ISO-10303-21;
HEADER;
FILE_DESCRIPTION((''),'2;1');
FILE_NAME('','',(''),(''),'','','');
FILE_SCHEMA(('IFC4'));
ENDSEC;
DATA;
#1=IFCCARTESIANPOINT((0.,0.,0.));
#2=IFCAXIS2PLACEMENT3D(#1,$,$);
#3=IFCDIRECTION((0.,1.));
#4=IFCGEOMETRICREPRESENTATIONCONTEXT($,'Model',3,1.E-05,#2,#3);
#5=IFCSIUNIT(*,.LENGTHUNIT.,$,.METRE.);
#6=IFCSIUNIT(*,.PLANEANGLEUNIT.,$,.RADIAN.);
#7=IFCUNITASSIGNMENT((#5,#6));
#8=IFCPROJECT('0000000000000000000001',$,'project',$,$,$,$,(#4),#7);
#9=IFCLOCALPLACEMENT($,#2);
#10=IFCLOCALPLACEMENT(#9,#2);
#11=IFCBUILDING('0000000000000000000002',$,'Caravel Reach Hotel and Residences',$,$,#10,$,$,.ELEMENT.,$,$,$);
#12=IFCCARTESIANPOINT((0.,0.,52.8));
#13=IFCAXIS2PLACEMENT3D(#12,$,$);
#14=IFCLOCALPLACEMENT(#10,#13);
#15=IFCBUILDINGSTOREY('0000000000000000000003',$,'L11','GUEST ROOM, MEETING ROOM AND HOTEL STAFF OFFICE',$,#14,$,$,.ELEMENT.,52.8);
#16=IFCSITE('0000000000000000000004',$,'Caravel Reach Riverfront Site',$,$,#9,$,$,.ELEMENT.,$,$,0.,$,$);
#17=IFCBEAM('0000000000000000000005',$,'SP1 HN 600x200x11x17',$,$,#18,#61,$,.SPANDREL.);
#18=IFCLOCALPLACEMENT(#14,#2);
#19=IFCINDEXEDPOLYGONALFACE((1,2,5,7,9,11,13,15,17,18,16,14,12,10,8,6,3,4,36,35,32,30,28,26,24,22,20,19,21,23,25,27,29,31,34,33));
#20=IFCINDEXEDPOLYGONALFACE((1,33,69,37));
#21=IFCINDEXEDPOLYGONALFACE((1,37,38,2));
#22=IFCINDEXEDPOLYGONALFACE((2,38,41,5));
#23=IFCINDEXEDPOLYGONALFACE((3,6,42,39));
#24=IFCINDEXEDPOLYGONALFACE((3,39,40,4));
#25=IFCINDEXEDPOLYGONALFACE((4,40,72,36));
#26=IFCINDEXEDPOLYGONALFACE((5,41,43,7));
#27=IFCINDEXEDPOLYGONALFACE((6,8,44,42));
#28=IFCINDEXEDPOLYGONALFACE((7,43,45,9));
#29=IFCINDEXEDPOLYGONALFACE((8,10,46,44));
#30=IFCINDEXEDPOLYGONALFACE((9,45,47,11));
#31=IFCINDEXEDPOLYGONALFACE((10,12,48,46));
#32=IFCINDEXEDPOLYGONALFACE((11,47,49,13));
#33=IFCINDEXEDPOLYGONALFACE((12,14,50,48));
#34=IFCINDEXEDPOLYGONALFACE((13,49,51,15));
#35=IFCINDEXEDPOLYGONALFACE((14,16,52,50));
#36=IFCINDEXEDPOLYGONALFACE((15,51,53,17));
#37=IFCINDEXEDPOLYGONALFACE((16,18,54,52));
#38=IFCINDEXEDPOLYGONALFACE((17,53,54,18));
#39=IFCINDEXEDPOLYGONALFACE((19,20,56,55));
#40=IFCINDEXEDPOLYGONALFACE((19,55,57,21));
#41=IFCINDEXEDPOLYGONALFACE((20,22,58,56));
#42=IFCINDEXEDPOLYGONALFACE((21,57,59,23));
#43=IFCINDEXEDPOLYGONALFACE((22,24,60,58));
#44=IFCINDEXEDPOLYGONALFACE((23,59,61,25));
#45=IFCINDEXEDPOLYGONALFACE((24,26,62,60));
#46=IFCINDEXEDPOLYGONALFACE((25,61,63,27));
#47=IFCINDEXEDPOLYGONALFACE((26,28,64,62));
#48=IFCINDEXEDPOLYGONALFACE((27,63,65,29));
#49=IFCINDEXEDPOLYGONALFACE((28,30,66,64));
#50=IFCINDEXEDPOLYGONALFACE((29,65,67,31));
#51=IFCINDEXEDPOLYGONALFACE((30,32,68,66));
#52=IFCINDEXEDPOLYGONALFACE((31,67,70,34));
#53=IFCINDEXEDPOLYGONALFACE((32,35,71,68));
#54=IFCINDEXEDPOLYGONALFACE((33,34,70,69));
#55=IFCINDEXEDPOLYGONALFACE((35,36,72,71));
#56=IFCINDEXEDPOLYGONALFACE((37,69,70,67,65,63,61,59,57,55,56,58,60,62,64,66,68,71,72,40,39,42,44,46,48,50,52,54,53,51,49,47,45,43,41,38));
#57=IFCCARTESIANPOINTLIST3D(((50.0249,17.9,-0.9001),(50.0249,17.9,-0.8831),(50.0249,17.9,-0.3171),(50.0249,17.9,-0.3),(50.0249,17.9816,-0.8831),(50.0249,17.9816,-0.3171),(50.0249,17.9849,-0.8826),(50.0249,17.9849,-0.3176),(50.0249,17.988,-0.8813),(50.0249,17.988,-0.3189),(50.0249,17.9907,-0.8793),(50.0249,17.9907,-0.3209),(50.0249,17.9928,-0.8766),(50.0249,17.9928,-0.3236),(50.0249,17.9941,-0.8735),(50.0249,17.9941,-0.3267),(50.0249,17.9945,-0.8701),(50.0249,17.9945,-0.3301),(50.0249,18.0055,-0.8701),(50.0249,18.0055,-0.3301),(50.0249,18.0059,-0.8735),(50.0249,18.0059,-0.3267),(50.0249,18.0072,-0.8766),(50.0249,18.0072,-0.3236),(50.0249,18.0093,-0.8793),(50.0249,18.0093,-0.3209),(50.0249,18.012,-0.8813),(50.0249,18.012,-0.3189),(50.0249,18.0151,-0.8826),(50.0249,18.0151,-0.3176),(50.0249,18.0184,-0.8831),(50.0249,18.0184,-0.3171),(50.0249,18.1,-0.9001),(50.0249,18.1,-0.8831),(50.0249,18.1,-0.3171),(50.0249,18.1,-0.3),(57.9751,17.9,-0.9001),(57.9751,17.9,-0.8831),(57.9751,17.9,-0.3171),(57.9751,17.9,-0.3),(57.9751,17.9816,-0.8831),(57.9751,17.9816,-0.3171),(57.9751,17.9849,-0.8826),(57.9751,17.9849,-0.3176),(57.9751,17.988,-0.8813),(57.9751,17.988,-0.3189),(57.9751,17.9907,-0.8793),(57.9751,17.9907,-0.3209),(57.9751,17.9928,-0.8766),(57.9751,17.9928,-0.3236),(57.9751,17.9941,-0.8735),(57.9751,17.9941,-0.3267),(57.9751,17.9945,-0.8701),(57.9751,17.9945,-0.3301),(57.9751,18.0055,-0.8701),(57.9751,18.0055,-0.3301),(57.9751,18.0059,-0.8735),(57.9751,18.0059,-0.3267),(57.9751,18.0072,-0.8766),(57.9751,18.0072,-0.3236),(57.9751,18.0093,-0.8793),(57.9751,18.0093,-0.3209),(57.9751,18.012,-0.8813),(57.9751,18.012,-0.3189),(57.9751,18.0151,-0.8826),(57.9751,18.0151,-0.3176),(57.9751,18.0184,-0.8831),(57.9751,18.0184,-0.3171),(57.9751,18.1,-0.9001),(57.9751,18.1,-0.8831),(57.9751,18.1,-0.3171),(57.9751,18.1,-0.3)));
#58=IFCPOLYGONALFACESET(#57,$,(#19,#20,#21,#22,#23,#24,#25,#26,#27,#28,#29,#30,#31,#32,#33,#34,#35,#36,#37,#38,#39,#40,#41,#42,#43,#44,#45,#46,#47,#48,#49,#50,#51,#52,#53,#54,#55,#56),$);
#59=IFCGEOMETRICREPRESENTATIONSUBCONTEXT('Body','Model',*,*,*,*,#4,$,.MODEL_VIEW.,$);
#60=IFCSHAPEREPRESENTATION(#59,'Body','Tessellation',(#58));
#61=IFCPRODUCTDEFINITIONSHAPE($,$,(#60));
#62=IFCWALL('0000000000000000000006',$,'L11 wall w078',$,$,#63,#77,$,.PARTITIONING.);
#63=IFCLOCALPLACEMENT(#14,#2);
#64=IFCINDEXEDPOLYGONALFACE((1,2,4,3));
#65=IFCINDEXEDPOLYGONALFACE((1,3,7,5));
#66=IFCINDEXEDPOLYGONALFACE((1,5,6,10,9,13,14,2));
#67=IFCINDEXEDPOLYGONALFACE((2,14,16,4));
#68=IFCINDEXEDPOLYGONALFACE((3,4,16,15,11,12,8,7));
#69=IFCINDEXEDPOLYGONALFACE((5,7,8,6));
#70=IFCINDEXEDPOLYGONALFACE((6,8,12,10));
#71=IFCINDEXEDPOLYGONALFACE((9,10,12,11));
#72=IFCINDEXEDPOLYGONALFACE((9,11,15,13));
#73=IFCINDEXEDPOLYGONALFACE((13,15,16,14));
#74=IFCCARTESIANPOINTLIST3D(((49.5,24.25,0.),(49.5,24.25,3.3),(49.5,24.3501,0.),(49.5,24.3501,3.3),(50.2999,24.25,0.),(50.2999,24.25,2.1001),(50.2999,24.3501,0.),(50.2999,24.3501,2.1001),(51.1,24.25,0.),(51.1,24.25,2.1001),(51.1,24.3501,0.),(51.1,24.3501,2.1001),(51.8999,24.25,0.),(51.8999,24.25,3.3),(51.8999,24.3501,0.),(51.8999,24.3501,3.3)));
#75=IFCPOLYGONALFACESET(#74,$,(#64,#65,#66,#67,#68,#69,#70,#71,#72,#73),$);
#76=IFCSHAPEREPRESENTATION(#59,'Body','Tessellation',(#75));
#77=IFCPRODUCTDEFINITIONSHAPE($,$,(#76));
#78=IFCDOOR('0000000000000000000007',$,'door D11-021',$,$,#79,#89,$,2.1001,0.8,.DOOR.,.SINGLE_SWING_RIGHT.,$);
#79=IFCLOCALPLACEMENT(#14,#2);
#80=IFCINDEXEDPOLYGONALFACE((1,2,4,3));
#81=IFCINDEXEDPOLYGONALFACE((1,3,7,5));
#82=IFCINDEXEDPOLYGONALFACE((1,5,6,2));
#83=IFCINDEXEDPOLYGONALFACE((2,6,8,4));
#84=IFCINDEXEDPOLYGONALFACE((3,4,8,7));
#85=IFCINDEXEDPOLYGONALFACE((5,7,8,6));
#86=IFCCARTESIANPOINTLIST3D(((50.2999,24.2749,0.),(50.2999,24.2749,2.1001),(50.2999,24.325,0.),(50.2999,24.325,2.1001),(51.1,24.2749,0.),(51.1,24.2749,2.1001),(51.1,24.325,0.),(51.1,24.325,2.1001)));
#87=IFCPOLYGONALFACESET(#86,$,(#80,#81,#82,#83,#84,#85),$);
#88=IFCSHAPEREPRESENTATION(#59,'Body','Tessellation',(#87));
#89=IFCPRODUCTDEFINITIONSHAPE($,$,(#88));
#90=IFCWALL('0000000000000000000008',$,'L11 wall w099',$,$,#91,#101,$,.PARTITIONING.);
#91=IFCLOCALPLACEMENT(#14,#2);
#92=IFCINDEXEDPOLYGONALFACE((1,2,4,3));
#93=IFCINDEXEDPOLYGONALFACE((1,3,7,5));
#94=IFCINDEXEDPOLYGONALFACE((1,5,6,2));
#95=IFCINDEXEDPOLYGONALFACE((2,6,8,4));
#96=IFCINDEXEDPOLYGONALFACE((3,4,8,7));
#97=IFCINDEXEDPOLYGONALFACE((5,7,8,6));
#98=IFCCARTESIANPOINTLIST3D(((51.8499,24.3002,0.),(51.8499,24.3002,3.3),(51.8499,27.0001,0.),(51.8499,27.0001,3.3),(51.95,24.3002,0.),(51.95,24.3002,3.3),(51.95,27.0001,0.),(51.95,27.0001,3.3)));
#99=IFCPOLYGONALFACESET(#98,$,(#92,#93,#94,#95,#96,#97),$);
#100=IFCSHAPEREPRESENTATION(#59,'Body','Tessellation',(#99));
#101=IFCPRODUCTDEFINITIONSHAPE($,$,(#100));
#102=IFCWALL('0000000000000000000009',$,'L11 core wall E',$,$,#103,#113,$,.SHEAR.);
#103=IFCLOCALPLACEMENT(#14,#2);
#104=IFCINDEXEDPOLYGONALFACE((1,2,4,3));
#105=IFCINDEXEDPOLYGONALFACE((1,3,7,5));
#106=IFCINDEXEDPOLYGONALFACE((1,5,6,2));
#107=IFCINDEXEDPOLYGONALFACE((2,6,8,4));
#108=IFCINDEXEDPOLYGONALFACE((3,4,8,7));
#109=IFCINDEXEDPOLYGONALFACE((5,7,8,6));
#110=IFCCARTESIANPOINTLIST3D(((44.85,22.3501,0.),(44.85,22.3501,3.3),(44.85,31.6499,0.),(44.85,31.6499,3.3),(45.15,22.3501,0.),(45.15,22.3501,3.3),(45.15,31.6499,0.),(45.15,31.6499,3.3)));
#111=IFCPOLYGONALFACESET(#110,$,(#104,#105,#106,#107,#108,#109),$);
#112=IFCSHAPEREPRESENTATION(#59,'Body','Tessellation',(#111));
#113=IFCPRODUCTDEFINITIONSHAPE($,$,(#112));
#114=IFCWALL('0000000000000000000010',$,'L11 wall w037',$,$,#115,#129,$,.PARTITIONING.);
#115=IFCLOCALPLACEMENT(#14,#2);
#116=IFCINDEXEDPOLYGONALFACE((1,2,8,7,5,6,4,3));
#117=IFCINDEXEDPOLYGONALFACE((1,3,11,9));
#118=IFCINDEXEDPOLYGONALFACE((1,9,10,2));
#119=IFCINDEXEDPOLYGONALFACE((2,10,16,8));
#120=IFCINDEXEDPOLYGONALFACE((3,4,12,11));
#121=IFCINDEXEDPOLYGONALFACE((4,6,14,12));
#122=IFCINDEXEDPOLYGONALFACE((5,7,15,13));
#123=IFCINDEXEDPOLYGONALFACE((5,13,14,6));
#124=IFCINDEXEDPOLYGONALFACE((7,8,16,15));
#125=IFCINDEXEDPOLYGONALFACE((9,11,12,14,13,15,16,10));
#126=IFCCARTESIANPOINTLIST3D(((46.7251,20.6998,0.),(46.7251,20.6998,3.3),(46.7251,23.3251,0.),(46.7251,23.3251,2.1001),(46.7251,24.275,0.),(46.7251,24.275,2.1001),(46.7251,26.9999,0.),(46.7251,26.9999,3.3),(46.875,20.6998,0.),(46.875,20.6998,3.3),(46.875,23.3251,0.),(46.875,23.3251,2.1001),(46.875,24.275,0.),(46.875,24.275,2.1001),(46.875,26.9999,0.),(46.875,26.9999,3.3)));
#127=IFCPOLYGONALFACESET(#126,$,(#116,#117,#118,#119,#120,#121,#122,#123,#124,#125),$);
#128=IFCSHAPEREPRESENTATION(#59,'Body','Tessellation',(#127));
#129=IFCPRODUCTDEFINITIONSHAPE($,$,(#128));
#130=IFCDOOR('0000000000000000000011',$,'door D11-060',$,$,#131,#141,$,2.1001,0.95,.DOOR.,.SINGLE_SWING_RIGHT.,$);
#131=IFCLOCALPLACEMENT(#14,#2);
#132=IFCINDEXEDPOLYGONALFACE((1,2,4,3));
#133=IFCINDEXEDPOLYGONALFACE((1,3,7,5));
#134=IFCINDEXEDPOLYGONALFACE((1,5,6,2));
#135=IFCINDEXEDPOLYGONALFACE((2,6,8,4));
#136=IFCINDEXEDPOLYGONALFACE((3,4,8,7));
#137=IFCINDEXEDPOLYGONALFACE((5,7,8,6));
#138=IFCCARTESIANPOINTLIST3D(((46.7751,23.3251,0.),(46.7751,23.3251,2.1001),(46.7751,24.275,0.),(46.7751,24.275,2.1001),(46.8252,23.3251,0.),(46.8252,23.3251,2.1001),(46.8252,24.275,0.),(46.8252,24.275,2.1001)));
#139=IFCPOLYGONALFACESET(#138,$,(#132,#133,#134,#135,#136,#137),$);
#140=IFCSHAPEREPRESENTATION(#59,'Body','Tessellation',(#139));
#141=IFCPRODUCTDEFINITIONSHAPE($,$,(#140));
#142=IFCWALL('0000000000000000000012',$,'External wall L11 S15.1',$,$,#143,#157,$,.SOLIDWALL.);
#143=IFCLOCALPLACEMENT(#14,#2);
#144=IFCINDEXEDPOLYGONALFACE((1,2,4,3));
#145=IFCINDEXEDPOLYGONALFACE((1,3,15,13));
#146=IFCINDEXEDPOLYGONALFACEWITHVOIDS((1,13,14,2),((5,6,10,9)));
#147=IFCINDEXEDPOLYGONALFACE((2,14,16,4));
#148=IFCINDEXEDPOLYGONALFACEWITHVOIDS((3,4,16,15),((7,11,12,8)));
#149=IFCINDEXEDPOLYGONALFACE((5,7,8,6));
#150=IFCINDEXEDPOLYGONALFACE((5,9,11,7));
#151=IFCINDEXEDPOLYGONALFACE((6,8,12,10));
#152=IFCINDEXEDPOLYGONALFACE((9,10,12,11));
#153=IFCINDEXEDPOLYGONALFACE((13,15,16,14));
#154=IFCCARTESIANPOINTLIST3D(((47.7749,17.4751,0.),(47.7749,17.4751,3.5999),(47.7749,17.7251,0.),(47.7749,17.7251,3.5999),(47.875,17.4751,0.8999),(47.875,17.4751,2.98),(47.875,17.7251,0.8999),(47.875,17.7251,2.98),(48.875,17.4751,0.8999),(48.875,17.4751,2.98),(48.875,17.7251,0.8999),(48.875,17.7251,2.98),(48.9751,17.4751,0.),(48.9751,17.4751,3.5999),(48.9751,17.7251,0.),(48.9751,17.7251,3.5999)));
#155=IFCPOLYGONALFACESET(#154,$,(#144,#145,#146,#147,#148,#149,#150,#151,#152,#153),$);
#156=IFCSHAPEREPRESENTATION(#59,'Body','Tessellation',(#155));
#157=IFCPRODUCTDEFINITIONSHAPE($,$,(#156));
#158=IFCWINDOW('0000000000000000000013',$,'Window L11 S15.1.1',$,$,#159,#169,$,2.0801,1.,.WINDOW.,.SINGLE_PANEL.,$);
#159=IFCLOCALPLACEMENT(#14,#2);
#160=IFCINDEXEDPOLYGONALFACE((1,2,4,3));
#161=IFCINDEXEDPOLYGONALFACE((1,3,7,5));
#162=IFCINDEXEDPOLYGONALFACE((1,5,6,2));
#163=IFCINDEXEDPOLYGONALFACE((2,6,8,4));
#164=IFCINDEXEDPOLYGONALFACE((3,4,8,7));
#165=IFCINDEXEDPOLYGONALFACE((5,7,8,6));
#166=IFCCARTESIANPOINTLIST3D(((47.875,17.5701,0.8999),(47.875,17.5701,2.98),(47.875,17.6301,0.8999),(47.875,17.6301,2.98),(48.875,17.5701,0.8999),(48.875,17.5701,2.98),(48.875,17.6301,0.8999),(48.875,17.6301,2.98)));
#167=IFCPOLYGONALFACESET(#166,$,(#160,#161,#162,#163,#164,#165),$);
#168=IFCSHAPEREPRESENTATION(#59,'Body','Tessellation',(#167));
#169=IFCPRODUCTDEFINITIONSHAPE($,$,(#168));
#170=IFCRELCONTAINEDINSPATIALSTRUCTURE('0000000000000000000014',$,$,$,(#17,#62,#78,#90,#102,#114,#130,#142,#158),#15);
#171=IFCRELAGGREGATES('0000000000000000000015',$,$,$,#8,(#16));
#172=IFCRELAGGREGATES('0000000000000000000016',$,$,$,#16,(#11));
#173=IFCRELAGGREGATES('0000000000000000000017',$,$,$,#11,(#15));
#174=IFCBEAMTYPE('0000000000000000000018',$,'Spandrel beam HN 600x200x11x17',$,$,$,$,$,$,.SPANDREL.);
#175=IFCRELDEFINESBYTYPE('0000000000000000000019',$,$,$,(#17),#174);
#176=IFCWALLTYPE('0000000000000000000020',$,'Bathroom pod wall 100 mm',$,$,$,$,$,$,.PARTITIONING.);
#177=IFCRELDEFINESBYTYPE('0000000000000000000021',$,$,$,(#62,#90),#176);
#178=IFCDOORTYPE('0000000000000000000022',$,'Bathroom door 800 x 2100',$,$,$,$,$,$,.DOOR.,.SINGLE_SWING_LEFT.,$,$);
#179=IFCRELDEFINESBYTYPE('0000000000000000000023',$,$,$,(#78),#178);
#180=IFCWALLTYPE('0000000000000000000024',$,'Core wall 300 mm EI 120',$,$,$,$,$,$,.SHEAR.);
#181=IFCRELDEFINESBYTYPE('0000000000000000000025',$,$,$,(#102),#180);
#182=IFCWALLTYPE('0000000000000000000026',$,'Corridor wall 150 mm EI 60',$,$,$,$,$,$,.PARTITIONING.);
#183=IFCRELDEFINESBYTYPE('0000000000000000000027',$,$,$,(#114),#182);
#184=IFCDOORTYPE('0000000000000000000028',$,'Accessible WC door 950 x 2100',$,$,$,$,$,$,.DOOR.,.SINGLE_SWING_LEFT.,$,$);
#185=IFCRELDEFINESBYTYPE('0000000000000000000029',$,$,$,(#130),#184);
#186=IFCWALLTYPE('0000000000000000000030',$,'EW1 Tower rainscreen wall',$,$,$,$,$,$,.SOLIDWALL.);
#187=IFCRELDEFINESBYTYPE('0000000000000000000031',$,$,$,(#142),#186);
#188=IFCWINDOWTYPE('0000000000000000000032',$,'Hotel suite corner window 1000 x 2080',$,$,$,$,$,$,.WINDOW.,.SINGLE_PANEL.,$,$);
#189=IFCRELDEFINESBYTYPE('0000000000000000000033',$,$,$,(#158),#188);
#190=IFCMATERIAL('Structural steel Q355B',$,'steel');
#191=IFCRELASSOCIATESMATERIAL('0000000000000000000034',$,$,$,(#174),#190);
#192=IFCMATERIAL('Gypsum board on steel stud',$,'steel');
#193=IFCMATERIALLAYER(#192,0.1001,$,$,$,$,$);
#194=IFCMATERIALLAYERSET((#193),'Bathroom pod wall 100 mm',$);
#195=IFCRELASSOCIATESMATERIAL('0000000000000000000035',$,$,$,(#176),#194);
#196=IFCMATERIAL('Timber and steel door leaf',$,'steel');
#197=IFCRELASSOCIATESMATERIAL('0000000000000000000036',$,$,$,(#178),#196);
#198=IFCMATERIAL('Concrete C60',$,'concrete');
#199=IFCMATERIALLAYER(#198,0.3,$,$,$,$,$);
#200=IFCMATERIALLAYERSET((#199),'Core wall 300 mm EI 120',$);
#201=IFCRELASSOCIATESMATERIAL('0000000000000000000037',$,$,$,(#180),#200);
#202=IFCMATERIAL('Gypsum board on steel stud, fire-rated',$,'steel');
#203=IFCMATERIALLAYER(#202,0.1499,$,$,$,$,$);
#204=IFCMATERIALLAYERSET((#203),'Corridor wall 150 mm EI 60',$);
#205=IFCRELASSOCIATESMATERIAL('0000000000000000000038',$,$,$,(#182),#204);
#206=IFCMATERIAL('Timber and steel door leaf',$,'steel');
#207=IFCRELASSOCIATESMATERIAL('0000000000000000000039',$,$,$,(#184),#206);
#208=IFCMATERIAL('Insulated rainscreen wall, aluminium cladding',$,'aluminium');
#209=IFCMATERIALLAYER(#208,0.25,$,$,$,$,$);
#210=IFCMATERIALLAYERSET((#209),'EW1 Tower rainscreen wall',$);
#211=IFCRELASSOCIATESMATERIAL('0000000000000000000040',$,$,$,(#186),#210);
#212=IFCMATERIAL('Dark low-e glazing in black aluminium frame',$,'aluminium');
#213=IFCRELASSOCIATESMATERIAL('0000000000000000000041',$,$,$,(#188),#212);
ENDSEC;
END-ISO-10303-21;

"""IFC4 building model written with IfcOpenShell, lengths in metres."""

from ifc_helpers import new_model, si_unit, direction, frame, frame_2d, origin, origin_2d, place, context, subcontext, project, spatial, rectangle, i_section, extrude, material, layer, layer_set, material_profile, profile_set, type_object, element, fill, save


model = new_model("IFC4")

# Units and contexts
model_context = context("Model", 3, precision=1e-05, world=origin(), true_north=direction((0.0, 1.0)))
body_context = subcontext(model_context, "Body", "Model", "MODEL_VIEW")
ifc_project = project(units=[si_unit("LENGTHUNIT", "METRE"), si_unit("PLANEANGLEUNIT", "RADIAN")], contexts=[model_context])

# Site, building, storey
site_placement = place(None, origin())
site = spatial("IfcSite", under=ifc_project, at=site_placement, Name="Caravel Reach Riverfront Site", CompositionType="ELEMENT", RefElevation=0.0)
building_placement = place(site_placement, origin())
building = spatial("IfcBuilding", under=site, at=building_placement, Name="Caravel Reach Hotel and Residences", CompositionType="ELEMENT")
storey_placement = place(building_placement, frame((0.0, 0.0, 52.8)))
storey = spatial("IfcBuildingStorey", under=building, at=storey_placement, Name="L11", Description="GUEST ROOM, MEETING ROOM AND HOTEL STAFF OFFICE", CompositionType="ELEMENT", Elevation=52.8)

# Beam
ifc_material_1 = material(Name="Structural steel Q355B", Category="steel")
ifc_material_profile_1 = material_profile(ifc_material_1, i_section(OverallWidth=0.2, OverallDepth=0.6001, WebThickness=0.011, FlangeThickness=0.0171, FilletRadius=0.0129, at=origin_2d()), Name="HN 600x200x11x17")
ifc_profile_set_1 = profile_set([ifc_material_profile_1], Name="Structural steel Q355B")
beam_type_1 = type_object("IfcBeamType", Name="Spandrel beam HN 600x200x11x17", PredefinedType="SPANDREL", material=ifc_profile_set_1)
beam_1_placement = place(storey_placement, frame((50.0249, 18.0, -0.6001), z_axis=(1.0, 0.0, 0.0), x_axis=(0.0, 1.0, 0.0)))
element("IfcBeam", 1, at=beam_1_placement, inside=storey, type_object=beam_type_1, Name="SP1 HN 600x200x11x17", PredefinedType="SPANDREL", context=body_context, shape_type="SweptSolid", body=[
    extrude(i_section(OverallWidth=0.2, OverallDepth=0.6001, WebThickness=0.011, FlangeThickness=0.0171, FilletRadius=0.0129, at=origin_2d()), origin(), (0.0, 0.0, 1.0), 7.9502),
])

# Wall, opening, door
ifc_material_2 = material(Name="Gypsum board on steel stud", Category="steel")
ifc_layer_1 = layer(ifc_material_2, 0.1001)
ifc_layer_set_1 = layer_set([ifc_layer_1], Name="Bathroom pod wall 100 mm")
wall_type_1 = type_object("IfcWallType", Name="Bathroom pod wall 100 mm", PredefinedType="PARTITIONING", material=ifc_layer_set_1)
wall_1_placement = place(storey_placement, frame((49.5, 24.3, 0.0), z_axis=(0.0, 0.0, 1.0), x_axis=(1.0, 0.0, 0.0)))
wall_1 = element("IfcWall", 2, at=wall_1_placement, inside=storey, type_object=wall_type_1, Name="L11 wall w078", PredefinedType="PARTITIONING", context=body_context, shape_type="SweptSolid", body=[
    extrude(rectangle(XDim=2.3999, YDim=0.1001, at=frame_2d((1.2, 0.0))), origin(), (0.0, 0.0, 1.0), 3.3),
])
opening_1_placement = place(wall_1_placement, frame((0.8, 0.0, 0.0)))
opening_1 = element("IfcOpeningElement", 3, at=opening_1_placement, cuts=wall_1, PredefinedType="OPENING", context=body_context, shape_type="SweptSolid", body=[
    extrude(rectangle(XDim=0.8, YDim=2.1001, at=frame_2d((0.3999, 1.05))), frame((0.0, 0.0601, 0.0), z_axis=(0.0, -1.0, 0.0), x_axis=(1.0, 0.0, 0.0)), (0.0, 0.0, 1.0), 0.1201),
])
ifc_material_3 = material(Name="Timber and steel door leaf", Category="steel")
door_type_1 = type_object("IfcDoorType", Name="Bathroom door 800 x 2100", OperationType="SINGLE_SWING_LEFT", PredefinedType="DOOR", material=ifc_material_3)
door_1_placement = place(opening_1_placement, origin())
door_1 = element("IfcDoor", 4, at=door_1_placement, inside=storey, type_object=door_type_1, Name="door D11-021", OperationType="SINGLE_SWING_RIGHT", OverallHeight=2.1001, OverallWidth=0.8, PredefinedType="DOOR", context=body_context, shape_type="SweptSolid", body=[
    extrude(rectangle(XDim=0.8, YDim=2.1001, at=frame_2d((0.3999, 1.05))), frame((0.0, 0.0249, 0.0), z_axis=(0.0, -1.0, 0.0), x_axis=(1.0, 0.0, 0.0)), (0.0, 0.0, 1.0), 0.05),
])
fill(opening_1, door_1)

# Walls
wall_2_placement = place(storey_placement, frame((51.8999, 24.3, 0.0), z_axis=(0.0, 0.0, 1.0), x_axis=(0.0, 1.0, 0.0)))
element("IfcWall", 5, at=wall_2_placement, inside=storey, type_object=wall_type_1, Name="L11 wall w099", PredefinedType="PARTITIONING", context=body_context, shape_type="SweptSolid", body=[
    extrude(rectangle(XDim=2.7, YDim=0.1001, at=frame_2d((1.3501, 0.0))), origin(), (0.0, 0.0, 1.0), 3.3),
])
ifc_material_4 = material(Name="Concrete C60", Category="concrete")
ifc_layer_2 = layer(ifc_material_4, 0.3)
ifc_layer_set_2 = layer_set([ifc_layer_2], Name="Core wall 300 mm EI 120")
wall_type_2 = type_object("IfcWallType", Name="Core wall 300 mm EI 120", PredefinedType="SHEAR", material=ifc_layer_set_2)
wall_3_placement = place(storey_placement, frame((45.0, 22.3501, 0.0), z_axis=(0.0, 0.0, 1.0), x_axis=(0.0, 1.0, 0.0)))
element("IfcWall", 6, at=wall_3_placement, inside=storey, type_object=wall_type_2, Name="L11 core wall E", PredefinedType="SHEAR", context=body_context, shape_type="SweptSolid", body=[
    extrude(rectangle(XDim=9.2998, YDim=0.3, at=frame_2d((4.6499, 0.0))), origin(), (0.0, 0.0, 1.0), 3.3),
])

# Wall, opening, door
ifc_material_5 = material(Name="Gypsum board on steel stud, fire-rated", Category="steel")
ifc_layer_3 = layer(ifc_material_5, 0.1499)
ifc_layer_set_3 = layer_set([ifc_layer_3], Name="Corridor wall 150 mm EI 60")
wall_type_3 = type_object("IfcWallType", Name="Corridor wall 150 mm EI 60", PredefinedType="PARTITIONING", material=ifc_layer_set_3)
wall_4_placement = place(storey_placement, frame((46.8, 20.7, 0.0), z_axis=(0.0, 0.0, 1.0), x_axis=(0.0, 1.0, 0.0)))
wall_4 = element("IfcWall", 7, at=wall_4_placement, inside=storey, type_object=wall_type_3, Name="L11 wall w037", PredefinedType="PARTITIONING", context=body_context, shape_type="SweptSolid", body=[
    extrude(rectangle(XDim=6.3, YDim=0.1499, at=frame_2d((3.1499, 0.0))), origin(), (0.0, 0.0, 1.0), 3.3),
])
opening_2_placement = place(wall_4_placement, frame((2.625, 0.0, 0.0)))
opening_2 = element("IfcOpeningElement", 8, at=opening_2_placement, cuts=wall_4, PredefinedType="OPENING", context=body_context, shape_type="SweptSolid", body=[
    extrude(rectangle(XDim=0.95, YDim=2.1001, at=frame_2d((0.4751, 1.05))), frame((0.0, 0.085, 0.0), z_axis=(0.0, -1.0, 0.0), x_axis=(1.0, 0.0, 0.0)), (0.0, 0.0, 1.0), 0.1699),
])
ifc_material_6 = material(Name="Timber and steel door leaf", Category="steel")
door_type_2 = type_object("IfcDoorType", Name="Accessible WC door 950 x 2100", OperationType="SINGLE_SWING_LEFT", PredefinedType="DOOR", material=ifc_material_6)
door_2_placement = place(opening_2_placement, origin())
door_2 = element("IfcDoor", 9, at=door_2_placement, inside=storey, type_object=door_type_2, Name="door D11-060", OperationType="SINGLE_SWING_RIGHT", OverallHeight=2.1001, OverallWidth=0.95, PredefinedType="DOOR", context=body_context, shape_type="SweptSolid", body=[
    extrude(rectangle(XDim=0.95, YDim=2.1001, at=frame_2d((0.4751, 1.05))), frame((0.0, 0.0249, 0.0), z_axis=(0.0, -1.0, 0.0), x_axis=(1.0, 0.0, 0.0)), (0.0, 0.0, 1.0), 0.05),
])
fill(opening_2, door_2)

# Wall, opening, window
ifc_material_7 = material(Name="Insulated rainscreen wall, aluminium cladding", Category="aluminium")
ifc_layer_4 = layer(ifc_material_7, 0.25)
ifc_layer_set_4 = layer_set([ifc_layer_4], Name="EW1 Tower rainscreen wall")
wall_type_4 = type_object("IfcWallType", Name="EW1 Tower rainscreen wall", PredefinedType="SOLIDWALL", material=ifc_layer_set_4)
wall_5_placement = place(storey_placement, frame((47.7749, 17.6001, 0.0), z_axis=(0.0, 0.0, 1.0), x_axis=(1.0, 0.0, 0.0)))
wall_5 = element("IfcWall", 10, at=wall_5_placement, inside=storey, type_object=wall_type_4, Name="External wall L11 S15.1", PredefinedType="SOLIDWALL", context=body_context, shape_type="SweptSolid", body=[
    extrude(rectangle(XDim=1.2002, YDim=0.25, at=frame_2d((0.6001, 0.0))), origin(), (0.0, 0.0, 1.0), 3.5999),
])
opening_3_placement = place(wall_5_placement, frame((0.1001, 0.0, 0.8999)))
opening_3 = element("IfcOpeningElement", 11, at=opening_3_placement, cuts=wall_5, PredefinedType="OPENING", context=body_context, shape_type="SweptSolid", body=[
    extrude(rectangle(XDim=1.0, YDim=2.0801, at=frame_2d((0.5, 1.04))), frame((0.0, 0.135, 0.0), z_axis=(0.0, -1.0, 0.0), x_axis=(1.0, 0.0, 0.0)), (0.0, 0.0, 1.0), 0.27),
])
ifc_material_8 = material(Name="Dark low-e glazing in black aluminium frame", Category="aluminium")
window_type_1 = type_object("IfcWindowType", Name="Hotel suite corner window 1000 x 2080", PartitioningType="SINGLE_PANEL", PredefinedType="WINDOW", material=ifc_material_8)
window_1_placement = place(opening_3_placement, origin())
window_1 = element("IfcWindow", 12, at=window_1_placement, inside=storey, type_object=window_type_1, Name="Window L11 S15.1.1", OverallHeight=2.0801, OverallWidth=1.0, PartitioningType="SINGLE_PANEL", PredefinedType="WINDOW", context=body_context, shape_type="SweptSolid", body=[
    extrude(rectangle(XDim=1.0, YDim=2.0801, at=frame_2d((0.5, 1.04))), frame((0.0, 0.03, 0.0), z_axis=(0.0, -1.0, 0.0), x_axis=(1.0, 0.0, 0.0)), (0.0, 0.0, 1.0), 0.0601),
])
fill(opening_3, window_1)

save(model, "model.ifc")
